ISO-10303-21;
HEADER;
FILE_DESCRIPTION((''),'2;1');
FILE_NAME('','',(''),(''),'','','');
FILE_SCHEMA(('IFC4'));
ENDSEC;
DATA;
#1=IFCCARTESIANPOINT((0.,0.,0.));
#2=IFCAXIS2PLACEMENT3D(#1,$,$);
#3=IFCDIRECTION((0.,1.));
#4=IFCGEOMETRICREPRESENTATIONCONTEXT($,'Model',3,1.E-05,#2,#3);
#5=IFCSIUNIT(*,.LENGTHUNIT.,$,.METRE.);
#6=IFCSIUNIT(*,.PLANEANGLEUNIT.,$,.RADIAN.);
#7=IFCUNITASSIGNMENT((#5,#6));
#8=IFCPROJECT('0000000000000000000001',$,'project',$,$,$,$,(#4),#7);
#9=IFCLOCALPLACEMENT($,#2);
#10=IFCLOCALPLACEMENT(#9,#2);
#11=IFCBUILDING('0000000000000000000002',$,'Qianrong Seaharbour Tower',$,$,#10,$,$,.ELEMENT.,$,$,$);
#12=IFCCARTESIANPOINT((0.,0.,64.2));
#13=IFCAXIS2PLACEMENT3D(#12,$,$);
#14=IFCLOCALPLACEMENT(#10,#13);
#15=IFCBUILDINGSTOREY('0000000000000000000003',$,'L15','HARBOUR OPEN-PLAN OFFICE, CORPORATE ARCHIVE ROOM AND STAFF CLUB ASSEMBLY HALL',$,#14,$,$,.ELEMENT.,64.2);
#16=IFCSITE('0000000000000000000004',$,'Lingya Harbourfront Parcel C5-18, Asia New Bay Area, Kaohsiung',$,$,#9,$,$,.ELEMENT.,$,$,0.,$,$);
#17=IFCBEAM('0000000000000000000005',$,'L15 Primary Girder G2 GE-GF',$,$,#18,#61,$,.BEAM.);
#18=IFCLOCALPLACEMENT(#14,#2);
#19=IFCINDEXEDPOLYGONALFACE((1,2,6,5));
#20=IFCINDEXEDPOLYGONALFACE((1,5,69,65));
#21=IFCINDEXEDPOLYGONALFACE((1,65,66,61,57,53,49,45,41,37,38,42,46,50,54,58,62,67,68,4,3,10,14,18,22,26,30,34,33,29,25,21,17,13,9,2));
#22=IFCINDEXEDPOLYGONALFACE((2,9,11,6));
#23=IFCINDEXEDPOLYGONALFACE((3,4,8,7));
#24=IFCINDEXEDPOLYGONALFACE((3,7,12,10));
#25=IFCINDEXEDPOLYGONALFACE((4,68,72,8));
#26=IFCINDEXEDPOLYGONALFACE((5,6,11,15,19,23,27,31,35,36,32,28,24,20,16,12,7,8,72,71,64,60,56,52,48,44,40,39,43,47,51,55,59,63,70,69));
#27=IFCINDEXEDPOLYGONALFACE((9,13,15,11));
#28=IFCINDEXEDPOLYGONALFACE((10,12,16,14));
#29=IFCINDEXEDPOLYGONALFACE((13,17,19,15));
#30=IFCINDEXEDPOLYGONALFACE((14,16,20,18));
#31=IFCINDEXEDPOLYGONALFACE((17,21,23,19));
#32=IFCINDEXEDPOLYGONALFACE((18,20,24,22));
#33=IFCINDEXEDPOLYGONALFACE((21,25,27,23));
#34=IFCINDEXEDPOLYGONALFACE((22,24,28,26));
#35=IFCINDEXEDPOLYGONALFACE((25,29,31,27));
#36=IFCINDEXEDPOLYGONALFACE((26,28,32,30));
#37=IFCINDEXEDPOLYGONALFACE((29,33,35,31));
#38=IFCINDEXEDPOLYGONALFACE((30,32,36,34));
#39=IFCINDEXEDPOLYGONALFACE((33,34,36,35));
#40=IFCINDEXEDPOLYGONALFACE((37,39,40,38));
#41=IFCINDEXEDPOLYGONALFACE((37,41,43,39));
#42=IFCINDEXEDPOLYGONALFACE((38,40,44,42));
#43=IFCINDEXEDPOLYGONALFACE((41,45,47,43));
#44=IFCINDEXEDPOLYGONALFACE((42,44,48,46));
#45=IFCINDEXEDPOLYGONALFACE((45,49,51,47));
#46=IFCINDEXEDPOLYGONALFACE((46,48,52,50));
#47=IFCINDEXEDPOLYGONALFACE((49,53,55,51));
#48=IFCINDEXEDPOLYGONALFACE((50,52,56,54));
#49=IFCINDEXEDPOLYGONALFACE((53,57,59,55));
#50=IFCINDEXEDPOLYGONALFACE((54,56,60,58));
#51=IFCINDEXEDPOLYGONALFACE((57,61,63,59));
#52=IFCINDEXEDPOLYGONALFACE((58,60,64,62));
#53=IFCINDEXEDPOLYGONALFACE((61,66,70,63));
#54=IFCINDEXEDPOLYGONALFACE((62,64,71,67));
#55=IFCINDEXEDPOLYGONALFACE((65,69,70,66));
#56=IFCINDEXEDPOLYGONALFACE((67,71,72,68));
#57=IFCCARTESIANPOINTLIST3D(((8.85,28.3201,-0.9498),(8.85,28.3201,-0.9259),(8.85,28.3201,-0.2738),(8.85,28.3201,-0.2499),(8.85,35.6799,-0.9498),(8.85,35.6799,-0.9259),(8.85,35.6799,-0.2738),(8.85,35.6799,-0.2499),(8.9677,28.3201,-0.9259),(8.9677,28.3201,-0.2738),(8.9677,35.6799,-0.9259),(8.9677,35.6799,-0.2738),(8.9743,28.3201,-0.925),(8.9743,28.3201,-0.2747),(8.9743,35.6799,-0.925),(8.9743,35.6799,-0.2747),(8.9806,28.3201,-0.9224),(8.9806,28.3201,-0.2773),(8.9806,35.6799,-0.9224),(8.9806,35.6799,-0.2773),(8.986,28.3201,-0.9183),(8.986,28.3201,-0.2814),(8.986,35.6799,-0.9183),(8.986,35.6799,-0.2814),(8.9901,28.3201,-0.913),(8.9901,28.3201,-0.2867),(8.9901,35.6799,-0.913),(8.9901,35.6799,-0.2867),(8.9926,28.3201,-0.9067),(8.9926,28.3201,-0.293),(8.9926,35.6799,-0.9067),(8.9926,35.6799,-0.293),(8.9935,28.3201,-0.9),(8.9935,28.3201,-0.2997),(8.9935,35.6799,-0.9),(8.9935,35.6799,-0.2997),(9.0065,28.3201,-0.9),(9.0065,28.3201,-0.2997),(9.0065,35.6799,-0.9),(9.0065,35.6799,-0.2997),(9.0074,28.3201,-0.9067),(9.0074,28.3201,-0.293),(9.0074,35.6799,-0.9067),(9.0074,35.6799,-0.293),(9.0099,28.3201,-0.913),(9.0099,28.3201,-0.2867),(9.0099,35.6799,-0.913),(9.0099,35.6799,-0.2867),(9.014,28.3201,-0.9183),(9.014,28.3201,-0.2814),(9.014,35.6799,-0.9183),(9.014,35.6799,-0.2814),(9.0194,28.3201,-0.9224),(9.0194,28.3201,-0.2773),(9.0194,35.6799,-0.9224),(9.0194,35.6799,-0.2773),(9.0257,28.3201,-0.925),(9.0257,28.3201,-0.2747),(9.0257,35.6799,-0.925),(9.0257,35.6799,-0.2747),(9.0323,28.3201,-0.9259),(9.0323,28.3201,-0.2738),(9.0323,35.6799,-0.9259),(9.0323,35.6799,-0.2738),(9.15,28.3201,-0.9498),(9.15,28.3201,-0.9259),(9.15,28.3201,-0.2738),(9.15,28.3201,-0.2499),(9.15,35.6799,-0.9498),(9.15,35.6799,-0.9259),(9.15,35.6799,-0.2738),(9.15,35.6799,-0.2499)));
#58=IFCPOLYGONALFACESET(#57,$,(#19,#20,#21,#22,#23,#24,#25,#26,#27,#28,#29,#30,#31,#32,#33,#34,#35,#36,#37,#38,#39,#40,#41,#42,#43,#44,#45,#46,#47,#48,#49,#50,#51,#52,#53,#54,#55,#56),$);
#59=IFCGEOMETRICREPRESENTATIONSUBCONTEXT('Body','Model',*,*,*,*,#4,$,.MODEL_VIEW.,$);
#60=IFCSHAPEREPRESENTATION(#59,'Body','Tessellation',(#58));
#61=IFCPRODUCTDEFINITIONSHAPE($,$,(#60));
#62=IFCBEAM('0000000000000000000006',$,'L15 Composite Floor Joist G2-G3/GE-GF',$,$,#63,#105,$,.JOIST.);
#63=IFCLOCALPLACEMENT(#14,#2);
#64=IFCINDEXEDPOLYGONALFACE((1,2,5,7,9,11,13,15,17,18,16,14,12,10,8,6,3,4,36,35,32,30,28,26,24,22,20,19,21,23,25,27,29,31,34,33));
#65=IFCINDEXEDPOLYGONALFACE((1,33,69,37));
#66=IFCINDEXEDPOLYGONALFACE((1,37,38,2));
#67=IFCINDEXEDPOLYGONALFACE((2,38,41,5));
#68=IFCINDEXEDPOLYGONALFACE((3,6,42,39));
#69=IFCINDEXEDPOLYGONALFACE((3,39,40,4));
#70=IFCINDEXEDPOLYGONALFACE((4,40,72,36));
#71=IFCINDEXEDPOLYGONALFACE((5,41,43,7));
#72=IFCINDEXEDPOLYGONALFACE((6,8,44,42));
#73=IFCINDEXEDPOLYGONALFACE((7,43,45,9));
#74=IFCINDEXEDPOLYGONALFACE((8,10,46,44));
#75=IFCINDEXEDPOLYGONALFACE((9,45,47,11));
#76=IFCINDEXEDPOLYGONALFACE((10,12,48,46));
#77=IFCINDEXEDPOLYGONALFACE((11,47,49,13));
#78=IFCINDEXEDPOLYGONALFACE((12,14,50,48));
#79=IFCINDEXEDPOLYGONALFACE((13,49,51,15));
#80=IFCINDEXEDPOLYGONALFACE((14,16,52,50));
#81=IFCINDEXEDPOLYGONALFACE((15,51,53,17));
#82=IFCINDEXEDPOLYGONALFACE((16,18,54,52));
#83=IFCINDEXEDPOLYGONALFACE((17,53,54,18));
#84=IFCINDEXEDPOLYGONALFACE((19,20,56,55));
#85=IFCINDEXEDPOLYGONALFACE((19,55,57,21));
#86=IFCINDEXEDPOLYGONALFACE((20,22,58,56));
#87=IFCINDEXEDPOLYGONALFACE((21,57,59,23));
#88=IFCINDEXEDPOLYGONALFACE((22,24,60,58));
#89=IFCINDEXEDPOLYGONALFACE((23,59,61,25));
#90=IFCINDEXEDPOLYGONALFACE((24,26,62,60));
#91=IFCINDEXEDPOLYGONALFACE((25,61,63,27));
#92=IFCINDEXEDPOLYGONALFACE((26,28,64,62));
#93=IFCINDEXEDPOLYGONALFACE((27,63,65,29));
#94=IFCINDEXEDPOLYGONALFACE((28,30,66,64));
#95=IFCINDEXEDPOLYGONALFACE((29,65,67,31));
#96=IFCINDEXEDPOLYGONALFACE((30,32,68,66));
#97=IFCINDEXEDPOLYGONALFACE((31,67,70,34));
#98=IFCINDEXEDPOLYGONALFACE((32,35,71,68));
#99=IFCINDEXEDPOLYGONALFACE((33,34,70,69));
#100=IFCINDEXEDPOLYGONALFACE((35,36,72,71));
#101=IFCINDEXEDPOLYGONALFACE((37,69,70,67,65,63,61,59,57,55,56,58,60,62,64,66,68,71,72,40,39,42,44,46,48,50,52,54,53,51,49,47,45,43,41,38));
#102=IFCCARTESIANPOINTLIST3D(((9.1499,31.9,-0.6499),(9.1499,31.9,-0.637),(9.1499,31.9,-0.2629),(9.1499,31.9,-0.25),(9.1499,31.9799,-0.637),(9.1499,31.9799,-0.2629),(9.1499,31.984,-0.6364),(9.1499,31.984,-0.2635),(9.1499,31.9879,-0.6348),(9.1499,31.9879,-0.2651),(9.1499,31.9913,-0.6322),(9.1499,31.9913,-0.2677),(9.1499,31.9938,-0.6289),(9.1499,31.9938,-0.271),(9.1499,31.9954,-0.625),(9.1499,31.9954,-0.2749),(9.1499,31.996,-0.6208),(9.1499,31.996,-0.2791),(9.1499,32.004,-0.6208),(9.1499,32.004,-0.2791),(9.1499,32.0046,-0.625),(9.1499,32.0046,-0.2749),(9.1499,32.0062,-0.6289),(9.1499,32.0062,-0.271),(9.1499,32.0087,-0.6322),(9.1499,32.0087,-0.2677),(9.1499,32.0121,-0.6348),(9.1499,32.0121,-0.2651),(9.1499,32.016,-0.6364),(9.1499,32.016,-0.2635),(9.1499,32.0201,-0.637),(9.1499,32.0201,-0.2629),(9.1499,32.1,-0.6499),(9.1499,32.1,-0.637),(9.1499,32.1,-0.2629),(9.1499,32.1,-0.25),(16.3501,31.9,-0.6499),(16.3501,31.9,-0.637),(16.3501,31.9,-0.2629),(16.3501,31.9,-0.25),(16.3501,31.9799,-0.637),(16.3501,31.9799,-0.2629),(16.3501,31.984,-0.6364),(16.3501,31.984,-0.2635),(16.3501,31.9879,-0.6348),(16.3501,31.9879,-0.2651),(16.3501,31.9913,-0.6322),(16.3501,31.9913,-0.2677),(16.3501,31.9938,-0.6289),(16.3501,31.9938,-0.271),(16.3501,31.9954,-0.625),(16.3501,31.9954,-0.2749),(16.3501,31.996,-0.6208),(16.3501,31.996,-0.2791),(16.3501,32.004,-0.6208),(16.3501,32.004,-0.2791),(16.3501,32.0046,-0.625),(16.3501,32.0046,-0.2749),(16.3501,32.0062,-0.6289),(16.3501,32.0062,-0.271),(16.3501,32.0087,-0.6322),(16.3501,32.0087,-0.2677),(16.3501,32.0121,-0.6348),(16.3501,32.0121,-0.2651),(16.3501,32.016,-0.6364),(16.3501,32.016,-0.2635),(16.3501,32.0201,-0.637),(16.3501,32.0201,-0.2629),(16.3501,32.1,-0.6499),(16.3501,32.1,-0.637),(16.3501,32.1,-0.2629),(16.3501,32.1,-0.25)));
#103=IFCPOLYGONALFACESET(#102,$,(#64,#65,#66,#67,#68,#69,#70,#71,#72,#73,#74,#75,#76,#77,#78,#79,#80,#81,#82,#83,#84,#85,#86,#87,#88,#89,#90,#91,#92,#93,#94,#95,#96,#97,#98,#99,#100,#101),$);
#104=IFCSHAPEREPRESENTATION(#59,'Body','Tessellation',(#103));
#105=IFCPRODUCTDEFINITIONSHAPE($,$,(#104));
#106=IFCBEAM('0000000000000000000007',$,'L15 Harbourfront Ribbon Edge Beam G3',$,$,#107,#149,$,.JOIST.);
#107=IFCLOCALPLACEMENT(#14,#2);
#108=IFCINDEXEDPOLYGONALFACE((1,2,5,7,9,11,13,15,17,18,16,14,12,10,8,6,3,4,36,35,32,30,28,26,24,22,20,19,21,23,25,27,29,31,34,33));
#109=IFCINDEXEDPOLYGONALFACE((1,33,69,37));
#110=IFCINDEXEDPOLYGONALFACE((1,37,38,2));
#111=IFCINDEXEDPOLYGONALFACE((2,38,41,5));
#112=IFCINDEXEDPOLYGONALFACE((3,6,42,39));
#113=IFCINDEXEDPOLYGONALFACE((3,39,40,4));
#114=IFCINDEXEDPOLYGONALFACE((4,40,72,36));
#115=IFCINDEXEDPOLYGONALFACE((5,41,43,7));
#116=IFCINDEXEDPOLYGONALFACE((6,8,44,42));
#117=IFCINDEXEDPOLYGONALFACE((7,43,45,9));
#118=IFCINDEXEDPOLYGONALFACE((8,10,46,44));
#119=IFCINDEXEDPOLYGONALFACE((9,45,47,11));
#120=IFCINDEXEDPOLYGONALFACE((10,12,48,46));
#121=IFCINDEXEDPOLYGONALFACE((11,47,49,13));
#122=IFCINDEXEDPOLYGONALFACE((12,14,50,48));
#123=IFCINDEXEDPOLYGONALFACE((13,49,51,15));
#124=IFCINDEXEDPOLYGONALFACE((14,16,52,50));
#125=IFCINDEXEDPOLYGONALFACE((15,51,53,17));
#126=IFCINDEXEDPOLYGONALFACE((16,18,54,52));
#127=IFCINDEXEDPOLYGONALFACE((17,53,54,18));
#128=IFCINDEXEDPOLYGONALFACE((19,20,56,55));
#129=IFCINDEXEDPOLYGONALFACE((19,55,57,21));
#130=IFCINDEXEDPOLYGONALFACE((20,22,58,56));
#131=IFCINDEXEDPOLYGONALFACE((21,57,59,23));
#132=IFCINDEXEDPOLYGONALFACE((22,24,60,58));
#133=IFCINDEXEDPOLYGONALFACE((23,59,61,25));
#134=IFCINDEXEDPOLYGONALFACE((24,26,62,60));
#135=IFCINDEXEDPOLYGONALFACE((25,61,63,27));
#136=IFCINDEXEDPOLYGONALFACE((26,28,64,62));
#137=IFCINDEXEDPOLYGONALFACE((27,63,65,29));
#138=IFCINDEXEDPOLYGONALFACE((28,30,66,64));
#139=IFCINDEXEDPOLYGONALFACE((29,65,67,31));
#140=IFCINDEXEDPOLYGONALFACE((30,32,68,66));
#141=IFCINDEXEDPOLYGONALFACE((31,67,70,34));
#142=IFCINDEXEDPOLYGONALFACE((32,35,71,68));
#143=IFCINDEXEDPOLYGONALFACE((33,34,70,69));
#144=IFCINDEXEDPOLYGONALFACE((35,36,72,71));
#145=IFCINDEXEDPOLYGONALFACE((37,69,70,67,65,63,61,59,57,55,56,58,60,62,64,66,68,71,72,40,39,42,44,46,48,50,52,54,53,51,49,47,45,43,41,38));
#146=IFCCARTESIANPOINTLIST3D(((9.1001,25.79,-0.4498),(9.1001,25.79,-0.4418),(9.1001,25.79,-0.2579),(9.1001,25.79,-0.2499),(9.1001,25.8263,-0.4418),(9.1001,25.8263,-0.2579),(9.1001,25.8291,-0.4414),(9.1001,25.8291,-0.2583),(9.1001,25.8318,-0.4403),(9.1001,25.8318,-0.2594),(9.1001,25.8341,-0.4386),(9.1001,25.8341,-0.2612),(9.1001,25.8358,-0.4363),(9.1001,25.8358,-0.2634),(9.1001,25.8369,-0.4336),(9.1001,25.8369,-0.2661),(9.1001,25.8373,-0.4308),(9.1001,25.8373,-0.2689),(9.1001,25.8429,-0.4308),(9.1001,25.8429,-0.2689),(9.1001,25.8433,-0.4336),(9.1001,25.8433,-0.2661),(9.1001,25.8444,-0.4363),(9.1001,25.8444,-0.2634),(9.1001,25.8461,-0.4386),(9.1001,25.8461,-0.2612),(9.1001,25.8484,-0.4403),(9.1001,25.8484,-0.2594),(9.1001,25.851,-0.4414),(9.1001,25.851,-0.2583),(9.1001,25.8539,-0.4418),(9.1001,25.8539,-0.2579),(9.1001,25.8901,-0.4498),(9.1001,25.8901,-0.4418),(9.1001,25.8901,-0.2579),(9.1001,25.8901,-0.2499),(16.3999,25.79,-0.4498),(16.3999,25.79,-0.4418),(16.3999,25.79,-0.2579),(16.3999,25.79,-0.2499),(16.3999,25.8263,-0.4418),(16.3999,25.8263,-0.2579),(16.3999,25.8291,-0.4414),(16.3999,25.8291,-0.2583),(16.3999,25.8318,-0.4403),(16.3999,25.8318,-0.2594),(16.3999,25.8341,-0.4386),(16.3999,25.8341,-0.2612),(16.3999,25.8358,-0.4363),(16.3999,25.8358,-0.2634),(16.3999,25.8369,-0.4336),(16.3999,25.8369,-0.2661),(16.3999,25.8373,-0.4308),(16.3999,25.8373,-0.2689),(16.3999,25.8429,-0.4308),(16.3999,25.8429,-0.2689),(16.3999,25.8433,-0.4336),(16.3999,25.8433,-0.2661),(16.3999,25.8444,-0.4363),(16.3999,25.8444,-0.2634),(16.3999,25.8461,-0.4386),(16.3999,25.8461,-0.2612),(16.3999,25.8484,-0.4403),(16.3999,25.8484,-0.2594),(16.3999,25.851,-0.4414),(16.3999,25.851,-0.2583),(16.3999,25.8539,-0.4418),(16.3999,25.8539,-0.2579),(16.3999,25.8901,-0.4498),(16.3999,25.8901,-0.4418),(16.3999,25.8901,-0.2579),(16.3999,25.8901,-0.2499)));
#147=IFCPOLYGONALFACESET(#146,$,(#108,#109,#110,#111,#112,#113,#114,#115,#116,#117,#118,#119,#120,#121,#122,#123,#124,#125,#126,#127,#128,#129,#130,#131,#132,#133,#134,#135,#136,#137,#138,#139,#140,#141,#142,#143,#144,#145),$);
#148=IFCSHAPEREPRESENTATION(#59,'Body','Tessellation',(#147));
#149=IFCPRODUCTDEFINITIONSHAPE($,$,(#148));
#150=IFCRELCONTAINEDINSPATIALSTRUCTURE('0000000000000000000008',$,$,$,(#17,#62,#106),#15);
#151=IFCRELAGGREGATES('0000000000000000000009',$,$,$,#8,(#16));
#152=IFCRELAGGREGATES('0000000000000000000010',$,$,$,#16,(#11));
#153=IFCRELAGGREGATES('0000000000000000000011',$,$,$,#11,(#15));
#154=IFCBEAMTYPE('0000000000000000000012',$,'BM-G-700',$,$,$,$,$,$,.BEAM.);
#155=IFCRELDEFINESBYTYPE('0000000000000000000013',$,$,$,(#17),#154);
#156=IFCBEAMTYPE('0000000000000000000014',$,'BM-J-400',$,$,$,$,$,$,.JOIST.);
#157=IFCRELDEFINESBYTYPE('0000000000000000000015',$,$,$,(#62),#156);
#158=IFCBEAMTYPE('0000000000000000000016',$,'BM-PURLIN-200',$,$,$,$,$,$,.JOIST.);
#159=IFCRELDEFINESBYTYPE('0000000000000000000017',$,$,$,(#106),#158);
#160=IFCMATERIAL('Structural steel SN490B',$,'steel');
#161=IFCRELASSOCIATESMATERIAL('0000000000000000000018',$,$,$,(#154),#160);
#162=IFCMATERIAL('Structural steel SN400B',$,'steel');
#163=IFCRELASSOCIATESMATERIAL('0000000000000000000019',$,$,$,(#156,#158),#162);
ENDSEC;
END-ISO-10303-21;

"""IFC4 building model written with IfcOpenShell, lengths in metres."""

from ifc_helpers import new_model, si_unit, direction, frame, origin, origin_2d, place, context, subcontext, project, spatial, i_section, extrude, material, material_profile, profile_set, type_object, element, save


model = new_model("IFC4")

# Units and contexts
model_context = context("Model", 3, precision=1e-05, world=origin(), true_north=direction((0.0, 1.0)))
body_context = subcontext(model_context, "Body", "Model", "MODEL_VIEW")
ifc_project = project(units=[si_unit("LENGTHUNIT", "METRE"), si_unit("PLANEANGLEUNIT", "RADIAN")], contexts=[model_context])

# Site, building, storey
site_placement = place(None, origin())
site = spatial("IfcSite", under=ifc_project, at=site_placement, Name="Lingya Harbourfront Parcel C5-18, Asia New Bay Area, Kaohsiung", CompositionType="ELEMENT", RefElevation=0.0)
building_placement = place(site_placement, origin())
building = spatial("IfcBuilding", under=site, at=building_placement, Name="Qianrong Seaharbour Tower", CompositionType="ELEMENT")
storey_placement = place(building_placement, frame((0.0, 0.0, 64.2)))
storey = spatial("IfcBuildingStorey", under=building, at=storey_placement, Name="L15", Description="HARBOUR OPEN-PLAN OFFICE, CORPORATE ARCHIVE ROOM AND STAFF CLUB ASSEMBLY HALL", CompositionType="ELEMENT", Elevation=64.2)

# Shared definitions
ifc_material_1 = material(Name="Structural steel SN490B", Category="steel")

# Beams
ifc_material_profile_1 = material_profile(ifc_material_1, i_section(OverallWidth=0.3, OverallDepth=0.7, WebThickness=0.0129, FlangeThickness=0.0239, FilletRadius=0.0259, at=origin_2d()), Name="H700x300x13x24")
ifc_profile_set_1 = profile_set([ifc_material_profile_1], Name="Structural steel SN490B")
beam_type_1 = type_object("IfcBeamType", Name="BM-G-700", PredefinedType="BEAM", material=ifc_profile_set_1)
beam_1_placement = place(storey_placement, frame((9.0, 28.3201, -0.5999), z_axis=(0.0, 1.0, 0.0), x_axis=(-1.0, 0.0, 0.0)))
element("IfcBeam", 1, at=beam_1_placement, inside=storey, type_object=beam_type_1, Name="L15 Primary Girder G2 GE-GF", PredefinedType="BEAM", context=body_context, shape_type="SweptSolid", body=[
    extrude(i_section(OverallWidth=0.3, OverallDepth=0.7, WebThickness=0.0129, FlangeThickness=0.0239, FilletRadius=0.0259, at=origin_2d()), origin(), (0.0, 0.0, 1.0), 7.3599),
])
ifc_material_2 = material(Name="Structural steel SN400B", Category="steel")
ifc_material_profile_2 = material_profile(ifc_material_2, i_section(OverallWidth=0.2, OverallDepth=0.3999, WebThickness=0.0081, FlangeThickness=0.0129, FilletRadius=0.0161, at=origin_2d()), Name="H400x200x8x13")
ifc_profile_set_2 = profile_set([ifc_material_profile_2], Name="Structural steel SN400B")
beam_type_2 = type_object("IfcBeamType", Name="BM-J-400", PredefinedType="JOIST", material=ifc_profile_set_2)
beam_2_placement = place(storey_placement, frame((9.1499, 32.0, -0.45), z_axis=(1.0, 0.0, 0.0), x_axis=(0.0, 1.0, 0.0)))
element("IfcBeam", 2, at=beam_2_placement, inside=storey, type_object=beam_type_2, Name="L15 Composite Floor Joist G2-G3/GE-GF", PredefinedType="JOIST", context=body_context, shape_type="SweptSolid", body=[
    extrude(i_section(OverallWidth=0.2, OverallDepth=0.3999, WebThickness=0.0081, FlangeThickness=0.0129, FilletRadius=0.0161, at=origin_2d()), origin(), (0.0, 0.0, 1.0), 7.2002),
])
ifc_material_profile_3 = material_profile(ifc_material_2, i_section(OverallWidth=0.1001, OverallDepth=0.2, WebThickness=0.0056, FlangeThickness=0.0081, FilletRadius=0.011, at=origin_2d()), Name="H200x100x5.5x8")
ifc_profile_set_3 = profile_set([ifc_material_profile_3], Name="Structural steel SN400B")
beam_type_3 = type_object("IfcBeamType", Name="BM-PURLIN-200", PredefinedType="JOIST", material=ifc_profile_set_3)
beam_3_placement = place(storey_placement, frame((9.1001, 25.8401, -0.3499), z_axis=(1.0, 0.0, 0.0), x_axis=(0.0, 1.0, 0.0)))
element("IfcBeam", 3, at=beam_3_placement, inside=storey, type_object=beam_type_3, Name="L15 Harbourfront Ribbon Edge Beam G3", PredefinedType="JOIST", context=body_context, shape_type="SweptSolid", body=[
    extrude(i_section(OverallWidth=0.1001, OverallDepth=0.2, WebThickness=0.0056, FlangeThickness=0.0081, FilletRadius=0.011, at=origin_2d()), origin(), (0.0, 0.0, 1.0), 7.2998),
])

save(model, "model.ifc")
